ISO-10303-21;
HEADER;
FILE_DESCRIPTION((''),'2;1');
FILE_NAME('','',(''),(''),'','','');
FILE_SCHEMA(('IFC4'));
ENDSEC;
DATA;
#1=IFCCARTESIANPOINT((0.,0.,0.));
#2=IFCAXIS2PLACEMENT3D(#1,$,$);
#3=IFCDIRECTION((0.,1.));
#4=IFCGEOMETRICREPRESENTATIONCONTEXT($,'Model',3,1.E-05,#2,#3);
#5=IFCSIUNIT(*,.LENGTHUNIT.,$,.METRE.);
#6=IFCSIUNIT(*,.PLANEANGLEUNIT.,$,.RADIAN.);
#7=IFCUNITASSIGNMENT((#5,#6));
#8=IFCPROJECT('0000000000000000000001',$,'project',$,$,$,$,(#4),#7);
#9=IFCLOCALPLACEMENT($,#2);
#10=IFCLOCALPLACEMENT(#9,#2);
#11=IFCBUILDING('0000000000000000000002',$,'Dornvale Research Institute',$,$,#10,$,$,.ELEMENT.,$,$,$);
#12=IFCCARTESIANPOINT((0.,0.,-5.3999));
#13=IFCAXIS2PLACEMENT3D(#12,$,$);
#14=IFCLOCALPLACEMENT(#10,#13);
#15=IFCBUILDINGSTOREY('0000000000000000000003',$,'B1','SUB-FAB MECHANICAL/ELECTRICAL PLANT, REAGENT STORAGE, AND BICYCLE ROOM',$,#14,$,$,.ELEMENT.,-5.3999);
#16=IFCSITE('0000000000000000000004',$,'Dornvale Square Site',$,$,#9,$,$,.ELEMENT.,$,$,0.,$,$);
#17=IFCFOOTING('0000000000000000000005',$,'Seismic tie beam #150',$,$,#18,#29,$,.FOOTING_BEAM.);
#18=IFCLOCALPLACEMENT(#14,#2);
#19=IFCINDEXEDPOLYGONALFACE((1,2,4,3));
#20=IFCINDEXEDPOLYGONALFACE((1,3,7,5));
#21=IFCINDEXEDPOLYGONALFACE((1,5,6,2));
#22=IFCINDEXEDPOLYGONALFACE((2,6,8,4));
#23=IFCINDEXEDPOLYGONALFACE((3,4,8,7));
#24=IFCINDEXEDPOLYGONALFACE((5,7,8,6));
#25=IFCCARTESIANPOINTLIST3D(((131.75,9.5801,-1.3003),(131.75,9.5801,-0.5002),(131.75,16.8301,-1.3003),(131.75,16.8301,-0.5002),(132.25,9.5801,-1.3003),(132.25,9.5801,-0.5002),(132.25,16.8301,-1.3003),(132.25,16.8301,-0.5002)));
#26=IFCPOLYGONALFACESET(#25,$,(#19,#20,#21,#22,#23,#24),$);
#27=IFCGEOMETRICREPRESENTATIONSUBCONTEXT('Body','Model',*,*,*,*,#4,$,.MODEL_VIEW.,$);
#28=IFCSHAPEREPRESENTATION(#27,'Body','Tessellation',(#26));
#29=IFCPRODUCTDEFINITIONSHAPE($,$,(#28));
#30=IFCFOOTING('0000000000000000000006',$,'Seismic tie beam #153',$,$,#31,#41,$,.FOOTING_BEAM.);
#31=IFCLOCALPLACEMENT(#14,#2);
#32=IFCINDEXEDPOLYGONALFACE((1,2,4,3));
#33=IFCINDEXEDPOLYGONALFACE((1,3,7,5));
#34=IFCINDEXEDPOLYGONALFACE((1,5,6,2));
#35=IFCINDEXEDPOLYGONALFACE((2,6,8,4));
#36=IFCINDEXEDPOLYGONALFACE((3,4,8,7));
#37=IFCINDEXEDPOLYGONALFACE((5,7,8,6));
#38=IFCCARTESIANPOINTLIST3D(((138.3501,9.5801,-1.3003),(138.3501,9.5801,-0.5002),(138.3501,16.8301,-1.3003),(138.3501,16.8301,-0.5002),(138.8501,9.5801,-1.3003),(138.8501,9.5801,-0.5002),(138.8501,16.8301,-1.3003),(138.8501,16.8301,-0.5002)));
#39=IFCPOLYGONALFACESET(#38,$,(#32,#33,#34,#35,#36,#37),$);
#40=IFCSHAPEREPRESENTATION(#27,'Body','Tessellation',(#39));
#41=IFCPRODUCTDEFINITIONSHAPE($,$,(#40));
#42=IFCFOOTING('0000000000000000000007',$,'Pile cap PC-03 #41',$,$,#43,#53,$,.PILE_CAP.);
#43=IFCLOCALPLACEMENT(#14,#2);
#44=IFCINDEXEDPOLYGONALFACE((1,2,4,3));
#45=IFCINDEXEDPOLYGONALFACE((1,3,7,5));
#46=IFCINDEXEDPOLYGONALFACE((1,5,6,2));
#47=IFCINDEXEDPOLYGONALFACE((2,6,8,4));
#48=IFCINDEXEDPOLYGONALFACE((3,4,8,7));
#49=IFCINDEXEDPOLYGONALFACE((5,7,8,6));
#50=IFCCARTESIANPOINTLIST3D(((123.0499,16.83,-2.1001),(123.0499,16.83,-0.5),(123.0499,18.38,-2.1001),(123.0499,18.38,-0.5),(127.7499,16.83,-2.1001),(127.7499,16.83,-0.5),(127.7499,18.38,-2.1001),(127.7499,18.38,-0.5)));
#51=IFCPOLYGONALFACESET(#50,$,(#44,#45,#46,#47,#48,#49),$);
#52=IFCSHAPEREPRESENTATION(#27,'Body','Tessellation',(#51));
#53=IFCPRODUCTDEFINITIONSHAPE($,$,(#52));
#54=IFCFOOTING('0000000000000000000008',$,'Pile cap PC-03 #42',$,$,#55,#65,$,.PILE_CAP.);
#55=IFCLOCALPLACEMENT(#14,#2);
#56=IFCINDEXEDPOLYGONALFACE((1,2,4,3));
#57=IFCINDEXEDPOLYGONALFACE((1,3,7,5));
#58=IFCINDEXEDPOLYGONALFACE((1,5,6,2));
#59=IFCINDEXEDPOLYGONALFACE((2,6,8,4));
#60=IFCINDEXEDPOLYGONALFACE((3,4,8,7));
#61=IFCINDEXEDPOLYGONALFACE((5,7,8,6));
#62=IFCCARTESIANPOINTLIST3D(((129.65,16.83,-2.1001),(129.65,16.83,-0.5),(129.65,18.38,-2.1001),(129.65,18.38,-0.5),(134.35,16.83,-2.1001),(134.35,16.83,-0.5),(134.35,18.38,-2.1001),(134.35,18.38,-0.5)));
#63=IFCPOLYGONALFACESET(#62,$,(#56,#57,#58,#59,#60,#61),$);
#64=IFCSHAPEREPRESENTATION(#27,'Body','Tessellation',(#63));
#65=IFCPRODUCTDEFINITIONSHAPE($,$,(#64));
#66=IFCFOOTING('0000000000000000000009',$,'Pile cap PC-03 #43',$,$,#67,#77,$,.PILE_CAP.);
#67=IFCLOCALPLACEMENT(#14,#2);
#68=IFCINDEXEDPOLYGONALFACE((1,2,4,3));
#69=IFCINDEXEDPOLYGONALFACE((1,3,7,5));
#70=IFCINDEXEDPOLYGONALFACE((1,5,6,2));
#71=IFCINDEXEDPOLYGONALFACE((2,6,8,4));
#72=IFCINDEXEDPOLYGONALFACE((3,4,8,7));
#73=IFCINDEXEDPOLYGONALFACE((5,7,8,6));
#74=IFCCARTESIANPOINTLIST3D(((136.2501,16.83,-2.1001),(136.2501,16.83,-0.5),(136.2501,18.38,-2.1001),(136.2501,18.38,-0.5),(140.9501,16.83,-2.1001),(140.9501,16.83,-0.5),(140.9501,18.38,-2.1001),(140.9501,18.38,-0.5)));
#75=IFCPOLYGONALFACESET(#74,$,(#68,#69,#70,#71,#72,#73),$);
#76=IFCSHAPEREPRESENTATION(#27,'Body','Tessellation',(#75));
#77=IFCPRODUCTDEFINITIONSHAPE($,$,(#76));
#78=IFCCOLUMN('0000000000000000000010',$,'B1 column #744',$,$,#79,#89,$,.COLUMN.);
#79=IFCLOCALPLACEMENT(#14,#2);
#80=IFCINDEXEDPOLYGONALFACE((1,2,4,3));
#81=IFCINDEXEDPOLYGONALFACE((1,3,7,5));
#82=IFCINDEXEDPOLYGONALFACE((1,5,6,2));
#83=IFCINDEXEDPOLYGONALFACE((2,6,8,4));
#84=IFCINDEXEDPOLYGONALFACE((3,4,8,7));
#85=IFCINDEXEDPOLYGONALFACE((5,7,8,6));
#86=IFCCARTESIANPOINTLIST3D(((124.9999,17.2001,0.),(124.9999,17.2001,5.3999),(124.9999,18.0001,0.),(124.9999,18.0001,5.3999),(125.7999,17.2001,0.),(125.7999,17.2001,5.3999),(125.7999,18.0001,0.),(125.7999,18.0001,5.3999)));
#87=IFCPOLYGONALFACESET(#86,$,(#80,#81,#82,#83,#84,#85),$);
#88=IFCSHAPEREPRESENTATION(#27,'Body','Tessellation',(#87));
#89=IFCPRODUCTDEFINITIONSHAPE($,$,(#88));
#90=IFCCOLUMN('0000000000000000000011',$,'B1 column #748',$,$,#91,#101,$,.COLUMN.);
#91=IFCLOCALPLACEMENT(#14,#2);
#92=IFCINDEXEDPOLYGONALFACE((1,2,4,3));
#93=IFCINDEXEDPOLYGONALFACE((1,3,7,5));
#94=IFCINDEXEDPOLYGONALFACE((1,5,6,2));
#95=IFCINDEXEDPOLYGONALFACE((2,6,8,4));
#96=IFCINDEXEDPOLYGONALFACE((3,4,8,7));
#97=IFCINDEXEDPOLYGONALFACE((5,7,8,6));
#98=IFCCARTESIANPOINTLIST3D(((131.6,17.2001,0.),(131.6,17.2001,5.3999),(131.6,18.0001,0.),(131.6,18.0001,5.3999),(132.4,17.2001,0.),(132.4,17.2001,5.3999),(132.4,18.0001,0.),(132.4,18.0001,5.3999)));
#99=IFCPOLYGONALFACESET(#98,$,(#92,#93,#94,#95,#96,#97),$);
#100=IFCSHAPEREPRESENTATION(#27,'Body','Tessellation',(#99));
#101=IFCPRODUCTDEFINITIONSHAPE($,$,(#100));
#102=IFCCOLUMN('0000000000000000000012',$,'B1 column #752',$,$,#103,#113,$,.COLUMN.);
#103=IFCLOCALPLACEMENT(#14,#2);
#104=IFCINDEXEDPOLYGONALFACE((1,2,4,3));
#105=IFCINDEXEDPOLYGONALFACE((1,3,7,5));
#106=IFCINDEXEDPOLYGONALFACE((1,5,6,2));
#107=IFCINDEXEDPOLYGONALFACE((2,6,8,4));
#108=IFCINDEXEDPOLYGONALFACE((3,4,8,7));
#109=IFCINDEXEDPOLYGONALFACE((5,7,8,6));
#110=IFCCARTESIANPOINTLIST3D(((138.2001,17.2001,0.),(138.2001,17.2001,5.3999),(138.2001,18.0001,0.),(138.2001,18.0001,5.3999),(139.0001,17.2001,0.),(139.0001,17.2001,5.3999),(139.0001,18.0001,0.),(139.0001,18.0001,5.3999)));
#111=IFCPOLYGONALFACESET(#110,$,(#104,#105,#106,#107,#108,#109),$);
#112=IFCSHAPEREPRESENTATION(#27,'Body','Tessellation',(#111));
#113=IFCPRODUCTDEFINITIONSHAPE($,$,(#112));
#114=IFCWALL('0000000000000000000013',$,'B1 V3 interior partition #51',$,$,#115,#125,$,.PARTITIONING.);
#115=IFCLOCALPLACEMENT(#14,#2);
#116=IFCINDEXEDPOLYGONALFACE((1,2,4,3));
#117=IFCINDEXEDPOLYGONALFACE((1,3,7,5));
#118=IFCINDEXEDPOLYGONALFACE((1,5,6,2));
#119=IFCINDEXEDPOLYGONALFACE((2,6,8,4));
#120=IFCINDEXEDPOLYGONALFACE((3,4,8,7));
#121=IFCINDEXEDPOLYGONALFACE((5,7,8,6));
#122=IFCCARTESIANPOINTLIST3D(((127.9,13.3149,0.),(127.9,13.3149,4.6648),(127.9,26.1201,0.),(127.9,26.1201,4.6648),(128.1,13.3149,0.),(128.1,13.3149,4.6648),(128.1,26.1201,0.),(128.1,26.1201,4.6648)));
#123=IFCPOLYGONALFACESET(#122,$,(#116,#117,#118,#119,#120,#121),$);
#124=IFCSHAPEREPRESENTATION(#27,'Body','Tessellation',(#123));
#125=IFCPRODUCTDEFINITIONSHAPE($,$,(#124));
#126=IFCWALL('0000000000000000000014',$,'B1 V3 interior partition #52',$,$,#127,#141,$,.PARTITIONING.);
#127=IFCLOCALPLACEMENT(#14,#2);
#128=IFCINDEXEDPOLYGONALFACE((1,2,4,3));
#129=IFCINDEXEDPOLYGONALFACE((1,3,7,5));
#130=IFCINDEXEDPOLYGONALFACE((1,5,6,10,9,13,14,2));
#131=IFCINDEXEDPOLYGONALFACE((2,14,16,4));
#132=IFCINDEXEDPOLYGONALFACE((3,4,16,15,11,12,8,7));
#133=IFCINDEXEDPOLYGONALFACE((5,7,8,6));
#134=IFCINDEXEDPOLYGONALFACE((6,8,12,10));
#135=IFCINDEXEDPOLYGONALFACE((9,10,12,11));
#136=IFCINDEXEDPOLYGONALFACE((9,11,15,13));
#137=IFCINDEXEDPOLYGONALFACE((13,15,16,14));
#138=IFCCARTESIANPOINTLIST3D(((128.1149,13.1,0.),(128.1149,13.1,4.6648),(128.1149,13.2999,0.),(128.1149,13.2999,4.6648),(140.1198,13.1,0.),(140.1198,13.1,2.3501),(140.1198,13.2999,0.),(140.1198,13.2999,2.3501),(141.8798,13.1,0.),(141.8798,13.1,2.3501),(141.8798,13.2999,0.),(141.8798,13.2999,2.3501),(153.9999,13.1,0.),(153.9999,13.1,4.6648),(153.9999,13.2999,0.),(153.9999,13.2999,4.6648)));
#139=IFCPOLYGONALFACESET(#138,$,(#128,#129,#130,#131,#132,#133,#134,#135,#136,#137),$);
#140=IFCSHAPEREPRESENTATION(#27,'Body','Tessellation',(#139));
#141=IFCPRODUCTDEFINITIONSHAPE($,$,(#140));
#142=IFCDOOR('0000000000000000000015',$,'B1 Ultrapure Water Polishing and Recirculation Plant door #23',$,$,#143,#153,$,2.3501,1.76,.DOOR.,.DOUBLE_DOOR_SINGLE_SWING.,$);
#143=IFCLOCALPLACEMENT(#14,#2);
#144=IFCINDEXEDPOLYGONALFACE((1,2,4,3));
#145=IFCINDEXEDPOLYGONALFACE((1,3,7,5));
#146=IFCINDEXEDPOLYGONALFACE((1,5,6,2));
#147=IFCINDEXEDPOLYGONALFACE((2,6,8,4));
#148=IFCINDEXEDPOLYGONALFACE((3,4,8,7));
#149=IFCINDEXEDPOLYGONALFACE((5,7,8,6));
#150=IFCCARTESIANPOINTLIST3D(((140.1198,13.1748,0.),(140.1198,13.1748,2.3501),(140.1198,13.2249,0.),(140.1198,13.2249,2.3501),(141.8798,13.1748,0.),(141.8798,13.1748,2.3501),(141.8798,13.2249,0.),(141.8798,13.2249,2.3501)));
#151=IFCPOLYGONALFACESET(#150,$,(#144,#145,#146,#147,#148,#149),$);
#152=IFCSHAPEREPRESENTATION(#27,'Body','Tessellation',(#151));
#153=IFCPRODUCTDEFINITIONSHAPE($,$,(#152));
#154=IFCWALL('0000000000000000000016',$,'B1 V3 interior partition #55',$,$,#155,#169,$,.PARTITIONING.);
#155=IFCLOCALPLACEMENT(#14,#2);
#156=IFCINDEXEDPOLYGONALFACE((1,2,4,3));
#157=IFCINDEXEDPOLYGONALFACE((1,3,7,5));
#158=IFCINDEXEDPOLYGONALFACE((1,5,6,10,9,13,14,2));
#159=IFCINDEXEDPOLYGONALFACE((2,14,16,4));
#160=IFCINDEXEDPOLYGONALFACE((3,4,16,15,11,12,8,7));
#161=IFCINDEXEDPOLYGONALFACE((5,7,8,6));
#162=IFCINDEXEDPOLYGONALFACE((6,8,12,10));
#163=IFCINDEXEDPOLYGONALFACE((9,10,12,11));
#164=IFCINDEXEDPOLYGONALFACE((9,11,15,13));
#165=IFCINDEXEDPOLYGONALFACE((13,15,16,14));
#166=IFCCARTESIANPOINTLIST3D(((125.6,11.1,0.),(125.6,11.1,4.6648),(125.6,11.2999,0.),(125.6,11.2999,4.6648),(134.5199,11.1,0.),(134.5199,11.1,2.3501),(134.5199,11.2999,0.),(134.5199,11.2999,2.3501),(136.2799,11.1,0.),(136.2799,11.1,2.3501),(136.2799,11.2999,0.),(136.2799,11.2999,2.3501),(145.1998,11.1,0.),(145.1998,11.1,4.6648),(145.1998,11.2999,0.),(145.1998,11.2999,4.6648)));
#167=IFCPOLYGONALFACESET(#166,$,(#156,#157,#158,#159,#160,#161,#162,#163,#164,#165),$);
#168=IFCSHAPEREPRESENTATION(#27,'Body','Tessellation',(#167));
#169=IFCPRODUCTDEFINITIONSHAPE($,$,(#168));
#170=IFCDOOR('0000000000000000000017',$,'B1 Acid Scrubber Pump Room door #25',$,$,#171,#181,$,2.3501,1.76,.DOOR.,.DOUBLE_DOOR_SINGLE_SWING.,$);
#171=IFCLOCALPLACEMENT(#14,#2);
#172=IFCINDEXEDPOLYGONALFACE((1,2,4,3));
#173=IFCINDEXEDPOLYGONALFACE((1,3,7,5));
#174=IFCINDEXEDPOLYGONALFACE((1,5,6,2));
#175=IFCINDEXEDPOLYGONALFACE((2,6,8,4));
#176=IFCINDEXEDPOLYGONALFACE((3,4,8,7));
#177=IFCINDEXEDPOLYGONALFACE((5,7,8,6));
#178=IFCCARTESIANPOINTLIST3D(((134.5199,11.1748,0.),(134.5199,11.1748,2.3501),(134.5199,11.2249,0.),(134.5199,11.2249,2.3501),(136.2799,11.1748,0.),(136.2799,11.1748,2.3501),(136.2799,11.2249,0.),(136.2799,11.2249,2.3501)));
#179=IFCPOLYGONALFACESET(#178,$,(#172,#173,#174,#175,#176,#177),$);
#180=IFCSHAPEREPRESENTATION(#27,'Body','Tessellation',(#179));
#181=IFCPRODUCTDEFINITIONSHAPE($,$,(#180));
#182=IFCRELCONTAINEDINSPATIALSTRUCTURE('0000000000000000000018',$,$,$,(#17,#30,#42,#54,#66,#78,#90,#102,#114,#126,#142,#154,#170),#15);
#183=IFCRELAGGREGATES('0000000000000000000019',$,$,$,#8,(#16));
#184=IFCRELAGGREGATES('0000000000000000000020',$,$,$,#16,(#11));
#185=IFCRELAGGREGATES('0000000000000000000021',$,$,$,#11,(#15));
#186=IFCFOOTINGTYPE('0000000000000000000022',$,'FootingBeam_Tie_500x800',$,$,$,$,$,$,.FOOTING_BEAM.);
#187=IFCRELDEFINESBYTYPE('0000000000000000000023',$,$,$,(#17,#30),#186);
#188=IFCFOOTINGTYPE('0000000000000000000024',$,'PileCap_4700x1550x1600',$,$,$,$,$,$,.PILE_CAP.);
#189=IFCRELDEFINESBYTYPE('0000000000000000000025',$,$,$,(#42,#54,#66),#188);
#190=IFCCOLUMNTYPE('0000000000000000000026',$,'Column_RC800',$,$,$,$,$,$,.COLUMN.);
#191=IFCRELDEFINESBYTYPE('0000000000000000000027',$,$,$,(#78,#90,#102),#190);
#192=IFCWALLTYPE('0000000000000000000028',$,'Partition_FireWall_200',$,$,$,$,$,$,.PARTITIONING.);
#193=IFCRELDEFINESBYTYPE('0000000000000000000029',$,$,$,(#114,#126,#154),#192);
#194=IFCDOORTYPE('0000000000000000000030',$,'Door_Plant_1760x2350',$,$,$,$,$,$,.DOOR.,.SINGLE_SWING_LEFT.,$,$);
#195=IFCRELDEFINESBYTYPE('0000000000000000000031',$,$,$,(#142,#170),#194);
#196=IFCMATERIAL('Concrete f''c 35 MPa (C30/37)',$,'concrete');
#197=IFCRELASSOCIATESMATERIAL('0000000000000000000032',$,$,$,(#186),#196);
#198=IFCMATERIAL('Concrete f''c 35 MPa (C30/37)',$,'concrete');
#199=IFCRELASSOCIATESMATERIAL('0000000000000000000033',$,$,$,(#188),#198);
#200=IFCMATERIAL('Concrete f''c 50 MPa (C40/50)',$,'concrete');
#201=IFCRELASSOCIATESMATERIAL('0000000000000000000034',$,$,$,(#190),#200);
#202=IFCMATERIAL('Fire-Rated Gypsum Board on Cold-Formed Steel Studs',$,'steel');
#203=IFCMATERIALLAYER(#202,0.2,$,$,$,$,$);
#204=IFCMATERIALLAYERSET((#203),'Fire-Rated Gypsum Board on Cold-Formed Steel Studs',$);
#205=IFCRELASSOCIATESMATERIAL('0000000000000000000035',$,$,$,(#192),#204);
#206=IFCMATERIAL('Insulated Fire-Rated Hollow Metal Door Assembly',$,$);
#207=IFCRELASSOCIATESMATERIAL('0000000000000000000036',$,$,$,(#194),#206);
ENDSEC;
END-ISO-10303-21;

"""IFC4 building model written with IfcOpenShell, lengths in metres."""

from ifc_helpers import new_model, si_unit, direction, frame, frame_2d, origin, origin_2d, place, context, subcontext, project, spatial, rectangle, extrude, material, layer, layer_set, material_profile, profile_set, type_object, element, fill, save


model = new_model("IFC4")

# Units and contexts
model_context = context("Model", 3, precision=1e-05, world=origin(), true_north=direction((0.0, 1.0)))
body_context = subcontext(model_context, "Body", "Model", "MODEL_VIEW")
ifc_project = project(units=[si_unit("LENGTHUNIT", "METRE"), si_unit("PLANEANGLEUNIT", "RADIAN")], contexts=[model_context])

# Site, building, storey
site_placement = place(None, origin())
site = spatial("IfcSite", under=ifc_project, at=site_placement, Name="Dornvale Square Site", CompositionType="ELEMENT", RefElevation=0.0)
building_placement = place(site_placement, origin())
building = spatial("IfcBuilding", under=site, at=building_placement, Name="Dornvale Research Institute", CompositionType="ELEMENT")
storey_placement = place(building_placement, frame((0.0, 0.0, -5.3999)))
storey = spatial("IfcBuildingStorey", under=building, at=storey_placement, Name="B1", Description="SUB-FAB MECHANICAL/ELECTRICAL PLANT, REAGENT STORAGE, AND BICYCLE ROOM", CompositionType="ELEMENT", Elevation=-5.3999)

# Footings
ifc_material_1 = material(Name="Concrete f'c 35 MPa (C30/37)", Category="concrete")
footing_type_1 = type_object("IfcFootingType", Name="FootingBeam_Tie_500x800", PredefinedType="FOOTING_BEAM", material=ifc_material_1)
for number, where, z_axis, x_axis, name in (
    (1, (132.0, 13.2051, -1.3003), (0.0, 0.0, 1.0), (0.0, 1.0, 0.0), "Seismic tie beam #150"),
    (2, (138.6001, 13.2051, -1.3003), (0.0, 0.0, 1.0), (0.0, 1.0, 0.0), "Seismic tie beam #153"),
):
    element("IfcFooting", number, at=place(storey_placement, frame(where, z_axis=z_axis, x_axis=x_axis)), inside=storey, type_object=footing_type_1, Name=name, PredefinedType="FOOTING_BEAM", context=body_context, shape_type="SweptSolid", body=[
        extrude(rectangle(XDim=7.25, YDim=0.5, at=origin_2d()), origin(), (0.0, 0.0, 1.0), 0.8),
    ])
ifc_material_2 = material(Name="Concrete f'c 35 MPa (C30/37)", Category="concrete")
footing_type_2 = type_object("IfcFootingType", Name="PileCap_4700x1550x1600", PredefinedType="PILE_CAP", material=ifc_material_2)
for number, where, z_axis, x_axis, name in (
    (3, (125.3999, 17.605, -2.1001), (0.0, 0.0, 1.0), (1.0, 0.0, 0.0), "Pile cap PC-03 #41"),
    (4, (132.0, 17.605, -2.1001), (0.0, 0.0, 1.0), (1.0, 0.0, 0.0), "Pile cap PC-03 #42"),
    (5, (138.6001, 17.605, -2.1001), (0.0, 0.0, 1.0), (1.0, 0.0, 0.0), "Pile cap PC-03 #43"),
):
    element("IfcFooting", number, at=place(storey_placement, frame(where, z_axis=z_axis, x_axis=x_axis)), inside=storey, type_object=footing_type_2, Name=name, PredefinedType="PILE_CAP", context=body_context, shape_type="SweptSolid", body=[
        extrude(rectangle(XDim=4.7, YDim=1.55, at=origin_2d()), origin(), (0.0, 0.0, 1.0), 1.6001),
    ])

# Columns
ifc_material_3 = material(Name="Concrete f'c 50 MPa (C40/50)", Category="concrete")
ifc_material_profile_1 = material_profile(ifc_material_3, rectangle(XDim=0.8, YDim=0.8, at=origin_2d()), Name="RC 800x800")
ifc_profile_set_1 = profile_set([ifc_material_profile_1], Name="Concrete f'c 50 MPa (C40/50)")
column_type = type_object("IfcColumnType", Name="Column_RC800", PredefinedType="COLUMN", material=ifc_profile_set_1)
for number, where, z_axis, x_axis, name in (
    (6, (125.3999, 17.6001, 0.0), (0.0, 0.0, 1.0), (1.0, 0.0, 0.0), "B1 column #744"),
    (7, (132.0, 17.6001, 0.0), (0.0, 0.0, 1.0), (1.0, 0.0, 0.0), "B1 column #748"),
    (8, (138.6001, 17.6001, 0.0), (0.0, 0.0, 1.0), (1.0, 0.0, 0.0), "B1 column #752"),
):
    element("IfcColumn", number, at=place(storey_placement, frame(where, z_axis=z_axis, x_axis=x_axis)), inside=storey, type_object=column_type, Name=name, PredefinedType="COLUMN", context=body_context, shape_type="SweptSolid", body=[
        extrude(rectangle(XDim=0.8, YDim=0.8, at=origin_2d()), origin(), (0.0, 0.0, 1.0), 5.3999),
    ])

# Wall
ifc_material_4 = material(Name="Fire-Rated Gypsum Board on Cold-Formed Steel Studs", Category="steel")
ifc_layer = layer(ifc_material_4, 0.2)
ifc_layer_set = layer_set([ifc_layer], Name="Fire-Rated Gypsum Board on Cold-Formed Steel Studs")
wall_type = type_object("IfcWallType", Name="Partition_FireWall_200", PredefinedType="PARTITIONING", material=ifc_layer_set)
wall_1_placement = place(storey_placement, frame((128.0, 13.3149, 0.0), z_axis=(0.0, 0.0, 1.0), x_axis=(0.0, 1.0, 0.0)))
element("IfcWall", 9, at=wall_1_placement, inside=storey, type_object=wall_type, Name="B1 V3 interior partition #51", PredefinedType="PARTITIONING", context=body_context, shape_type="SweptSolid", body=[
    extrude(rectangle(XDim=12.8052, YDim=0.2, at=frame_2d((6.4026, 0.0))), origin(), (0.0, 0.0, 1.0), 4.6648),
])

# Walls, openings, doors
wall_2_placement = place(storey_placement, frame((128.115, 13.2, 0.0), z_axis=(0.0, 0.0, 1.0), x_axis=(1.0, 0.0, 0.0)))
wall_2 = element("IfcWall", 10, at=wall_2_placement, inside=storey, type_object=wall_type, Name="B1 V3 interior partition #52", PredefinedType="PARTITIONING", context=body_context, shape_type="SweptSolid", body=[
    extrude(rectangle(XDim=25.885, YDim=0.2, at=frame_2d((12.9424, 0.0))), origin(), (0.0, 0.0, 1.0), 4.6648),
])
opening_1_placement = place(wall_2_placement, frame((12.0049, 0.0, 0.0)))
opening_1 = element("IfcOpeningElement", 11, at=opening_1_placement, cuts=wall_2, PredefinedType="OPENING", context=body_context, shape_type="SweptSolid", body=[
    extrude(rectangle(XDim=1.76, YDim=2.3501, at=frame_2d((0.8799, 1.175))), frame((0.0, 0.115, 0.0), z_axis=(0.0, -1.0, 0.0), x_axis=(1.0, 0.0, 0.0)), (0.0, 0.0, 1.0), 0.23),
])
ifc_material_5 = material(Name="Insulated Fire-Rated Hollow Metal Door Assembly")
door_type = type_object("IfcDoorType", Name="Door_Plant_1760x2350", OperationType="SINGLE_SWING_LEFT", PredefinedType="DOOR", material=ifc_material_5)
door_1_placement = place(opening_1_placement, origin())
door_1 = element("IfcDoor", 12, at=door_1_placement, inside=storey, type_object=door_type, Name="B1 Ultrapure Water Polishing and Recirculation Plant door #23", OperationType="DOUBLE_DOOR_SINGLE_SWING", OverallHeight=2.3501, OverallWidth=1.76, PredefinedType="DOOR", context=body_context, shape_type="SweptSolid", body=[
    extrude(rectangle(XDim=1.76, YDim=2.3501, at=frame_2d((0.8799, 1.175))), frame((0.0, 0.0249, 0.0), z_axis=(0.0, -1.0, 0.0), x_axis=(1.0, 0.0, 0.0)), (0.0, 0.0, 1.0), 0.05),
])
fill(opening_1, door_1)
wall_3_placement = place(storey_placement, frame((125.6001, 11.2, 0.0), z_axis=(0.0, 0.0, 1.0), x_axis=(1.0, 0.0, 0.0)))
wall_3 = element("IfcWall", 13, at=wall_3_placement, inside=storey, type_object=wall_type, Name="B1 V3 interior partition #55", PredefinedType="PARTITIONING", context=body_context, shape_type="SweptSolid", body=[
    extrude(rectangle(XDim=19.5999, YDim=0.2, at=frame_2d((9.7998, 0.0))), origin(), (0.0, 0.0, 1.0), 4.6648),
])
opening_2_placement = place(wall_3_placement, frame((8.9199, 0.0, 0.0)))
opening_2 = element("IfcOpeningElement", 14, at=opening_2_placement, cuts=wall_3, PredefinedType="OPENING", context=body_context, shape_type="SweptSolid", body=[
    extrude(rectangle(XDim=1.76, YDim=2.3501, at=frame_2d((0.8799, 1.175))), frame((0.0, 0.115, 0.0), z_axis=(0.0, -1.0, 0.0), x_axis=(1.0, 0.0, 0.0)), (0.0, 0.0, 1.0), 0.23),
])
door_2_placement = place(opening_2_placement, origin())
door_2 = element("IfcDoor", 15, at=door_2_placement, inside=storey, type_object=door_type, Name="B1 Acid Scrubber Pump Room door #25", OperationType="DOUBLE_DOOR_SINGLE_SWING", OverallHeight=2.3501, OverallWidth=1.76, PredefinedType="DOOR", context=body_context, shape_type="SweptSolid", body=[
    extrude(rectangle(XDim=1.76, YDim=2.3501, at=frame_2d((0.8799, 1.175))), frame((0.0, 0.0249, 0.0), z_axis=(0.0, -1.0, 0.0), x_axis=(1.0, 0.0, 0.0)), (0.0, 0.0, 1.0), 0.05),
])
fill(opening_2, door_2)

save(model, "model.ifc")
